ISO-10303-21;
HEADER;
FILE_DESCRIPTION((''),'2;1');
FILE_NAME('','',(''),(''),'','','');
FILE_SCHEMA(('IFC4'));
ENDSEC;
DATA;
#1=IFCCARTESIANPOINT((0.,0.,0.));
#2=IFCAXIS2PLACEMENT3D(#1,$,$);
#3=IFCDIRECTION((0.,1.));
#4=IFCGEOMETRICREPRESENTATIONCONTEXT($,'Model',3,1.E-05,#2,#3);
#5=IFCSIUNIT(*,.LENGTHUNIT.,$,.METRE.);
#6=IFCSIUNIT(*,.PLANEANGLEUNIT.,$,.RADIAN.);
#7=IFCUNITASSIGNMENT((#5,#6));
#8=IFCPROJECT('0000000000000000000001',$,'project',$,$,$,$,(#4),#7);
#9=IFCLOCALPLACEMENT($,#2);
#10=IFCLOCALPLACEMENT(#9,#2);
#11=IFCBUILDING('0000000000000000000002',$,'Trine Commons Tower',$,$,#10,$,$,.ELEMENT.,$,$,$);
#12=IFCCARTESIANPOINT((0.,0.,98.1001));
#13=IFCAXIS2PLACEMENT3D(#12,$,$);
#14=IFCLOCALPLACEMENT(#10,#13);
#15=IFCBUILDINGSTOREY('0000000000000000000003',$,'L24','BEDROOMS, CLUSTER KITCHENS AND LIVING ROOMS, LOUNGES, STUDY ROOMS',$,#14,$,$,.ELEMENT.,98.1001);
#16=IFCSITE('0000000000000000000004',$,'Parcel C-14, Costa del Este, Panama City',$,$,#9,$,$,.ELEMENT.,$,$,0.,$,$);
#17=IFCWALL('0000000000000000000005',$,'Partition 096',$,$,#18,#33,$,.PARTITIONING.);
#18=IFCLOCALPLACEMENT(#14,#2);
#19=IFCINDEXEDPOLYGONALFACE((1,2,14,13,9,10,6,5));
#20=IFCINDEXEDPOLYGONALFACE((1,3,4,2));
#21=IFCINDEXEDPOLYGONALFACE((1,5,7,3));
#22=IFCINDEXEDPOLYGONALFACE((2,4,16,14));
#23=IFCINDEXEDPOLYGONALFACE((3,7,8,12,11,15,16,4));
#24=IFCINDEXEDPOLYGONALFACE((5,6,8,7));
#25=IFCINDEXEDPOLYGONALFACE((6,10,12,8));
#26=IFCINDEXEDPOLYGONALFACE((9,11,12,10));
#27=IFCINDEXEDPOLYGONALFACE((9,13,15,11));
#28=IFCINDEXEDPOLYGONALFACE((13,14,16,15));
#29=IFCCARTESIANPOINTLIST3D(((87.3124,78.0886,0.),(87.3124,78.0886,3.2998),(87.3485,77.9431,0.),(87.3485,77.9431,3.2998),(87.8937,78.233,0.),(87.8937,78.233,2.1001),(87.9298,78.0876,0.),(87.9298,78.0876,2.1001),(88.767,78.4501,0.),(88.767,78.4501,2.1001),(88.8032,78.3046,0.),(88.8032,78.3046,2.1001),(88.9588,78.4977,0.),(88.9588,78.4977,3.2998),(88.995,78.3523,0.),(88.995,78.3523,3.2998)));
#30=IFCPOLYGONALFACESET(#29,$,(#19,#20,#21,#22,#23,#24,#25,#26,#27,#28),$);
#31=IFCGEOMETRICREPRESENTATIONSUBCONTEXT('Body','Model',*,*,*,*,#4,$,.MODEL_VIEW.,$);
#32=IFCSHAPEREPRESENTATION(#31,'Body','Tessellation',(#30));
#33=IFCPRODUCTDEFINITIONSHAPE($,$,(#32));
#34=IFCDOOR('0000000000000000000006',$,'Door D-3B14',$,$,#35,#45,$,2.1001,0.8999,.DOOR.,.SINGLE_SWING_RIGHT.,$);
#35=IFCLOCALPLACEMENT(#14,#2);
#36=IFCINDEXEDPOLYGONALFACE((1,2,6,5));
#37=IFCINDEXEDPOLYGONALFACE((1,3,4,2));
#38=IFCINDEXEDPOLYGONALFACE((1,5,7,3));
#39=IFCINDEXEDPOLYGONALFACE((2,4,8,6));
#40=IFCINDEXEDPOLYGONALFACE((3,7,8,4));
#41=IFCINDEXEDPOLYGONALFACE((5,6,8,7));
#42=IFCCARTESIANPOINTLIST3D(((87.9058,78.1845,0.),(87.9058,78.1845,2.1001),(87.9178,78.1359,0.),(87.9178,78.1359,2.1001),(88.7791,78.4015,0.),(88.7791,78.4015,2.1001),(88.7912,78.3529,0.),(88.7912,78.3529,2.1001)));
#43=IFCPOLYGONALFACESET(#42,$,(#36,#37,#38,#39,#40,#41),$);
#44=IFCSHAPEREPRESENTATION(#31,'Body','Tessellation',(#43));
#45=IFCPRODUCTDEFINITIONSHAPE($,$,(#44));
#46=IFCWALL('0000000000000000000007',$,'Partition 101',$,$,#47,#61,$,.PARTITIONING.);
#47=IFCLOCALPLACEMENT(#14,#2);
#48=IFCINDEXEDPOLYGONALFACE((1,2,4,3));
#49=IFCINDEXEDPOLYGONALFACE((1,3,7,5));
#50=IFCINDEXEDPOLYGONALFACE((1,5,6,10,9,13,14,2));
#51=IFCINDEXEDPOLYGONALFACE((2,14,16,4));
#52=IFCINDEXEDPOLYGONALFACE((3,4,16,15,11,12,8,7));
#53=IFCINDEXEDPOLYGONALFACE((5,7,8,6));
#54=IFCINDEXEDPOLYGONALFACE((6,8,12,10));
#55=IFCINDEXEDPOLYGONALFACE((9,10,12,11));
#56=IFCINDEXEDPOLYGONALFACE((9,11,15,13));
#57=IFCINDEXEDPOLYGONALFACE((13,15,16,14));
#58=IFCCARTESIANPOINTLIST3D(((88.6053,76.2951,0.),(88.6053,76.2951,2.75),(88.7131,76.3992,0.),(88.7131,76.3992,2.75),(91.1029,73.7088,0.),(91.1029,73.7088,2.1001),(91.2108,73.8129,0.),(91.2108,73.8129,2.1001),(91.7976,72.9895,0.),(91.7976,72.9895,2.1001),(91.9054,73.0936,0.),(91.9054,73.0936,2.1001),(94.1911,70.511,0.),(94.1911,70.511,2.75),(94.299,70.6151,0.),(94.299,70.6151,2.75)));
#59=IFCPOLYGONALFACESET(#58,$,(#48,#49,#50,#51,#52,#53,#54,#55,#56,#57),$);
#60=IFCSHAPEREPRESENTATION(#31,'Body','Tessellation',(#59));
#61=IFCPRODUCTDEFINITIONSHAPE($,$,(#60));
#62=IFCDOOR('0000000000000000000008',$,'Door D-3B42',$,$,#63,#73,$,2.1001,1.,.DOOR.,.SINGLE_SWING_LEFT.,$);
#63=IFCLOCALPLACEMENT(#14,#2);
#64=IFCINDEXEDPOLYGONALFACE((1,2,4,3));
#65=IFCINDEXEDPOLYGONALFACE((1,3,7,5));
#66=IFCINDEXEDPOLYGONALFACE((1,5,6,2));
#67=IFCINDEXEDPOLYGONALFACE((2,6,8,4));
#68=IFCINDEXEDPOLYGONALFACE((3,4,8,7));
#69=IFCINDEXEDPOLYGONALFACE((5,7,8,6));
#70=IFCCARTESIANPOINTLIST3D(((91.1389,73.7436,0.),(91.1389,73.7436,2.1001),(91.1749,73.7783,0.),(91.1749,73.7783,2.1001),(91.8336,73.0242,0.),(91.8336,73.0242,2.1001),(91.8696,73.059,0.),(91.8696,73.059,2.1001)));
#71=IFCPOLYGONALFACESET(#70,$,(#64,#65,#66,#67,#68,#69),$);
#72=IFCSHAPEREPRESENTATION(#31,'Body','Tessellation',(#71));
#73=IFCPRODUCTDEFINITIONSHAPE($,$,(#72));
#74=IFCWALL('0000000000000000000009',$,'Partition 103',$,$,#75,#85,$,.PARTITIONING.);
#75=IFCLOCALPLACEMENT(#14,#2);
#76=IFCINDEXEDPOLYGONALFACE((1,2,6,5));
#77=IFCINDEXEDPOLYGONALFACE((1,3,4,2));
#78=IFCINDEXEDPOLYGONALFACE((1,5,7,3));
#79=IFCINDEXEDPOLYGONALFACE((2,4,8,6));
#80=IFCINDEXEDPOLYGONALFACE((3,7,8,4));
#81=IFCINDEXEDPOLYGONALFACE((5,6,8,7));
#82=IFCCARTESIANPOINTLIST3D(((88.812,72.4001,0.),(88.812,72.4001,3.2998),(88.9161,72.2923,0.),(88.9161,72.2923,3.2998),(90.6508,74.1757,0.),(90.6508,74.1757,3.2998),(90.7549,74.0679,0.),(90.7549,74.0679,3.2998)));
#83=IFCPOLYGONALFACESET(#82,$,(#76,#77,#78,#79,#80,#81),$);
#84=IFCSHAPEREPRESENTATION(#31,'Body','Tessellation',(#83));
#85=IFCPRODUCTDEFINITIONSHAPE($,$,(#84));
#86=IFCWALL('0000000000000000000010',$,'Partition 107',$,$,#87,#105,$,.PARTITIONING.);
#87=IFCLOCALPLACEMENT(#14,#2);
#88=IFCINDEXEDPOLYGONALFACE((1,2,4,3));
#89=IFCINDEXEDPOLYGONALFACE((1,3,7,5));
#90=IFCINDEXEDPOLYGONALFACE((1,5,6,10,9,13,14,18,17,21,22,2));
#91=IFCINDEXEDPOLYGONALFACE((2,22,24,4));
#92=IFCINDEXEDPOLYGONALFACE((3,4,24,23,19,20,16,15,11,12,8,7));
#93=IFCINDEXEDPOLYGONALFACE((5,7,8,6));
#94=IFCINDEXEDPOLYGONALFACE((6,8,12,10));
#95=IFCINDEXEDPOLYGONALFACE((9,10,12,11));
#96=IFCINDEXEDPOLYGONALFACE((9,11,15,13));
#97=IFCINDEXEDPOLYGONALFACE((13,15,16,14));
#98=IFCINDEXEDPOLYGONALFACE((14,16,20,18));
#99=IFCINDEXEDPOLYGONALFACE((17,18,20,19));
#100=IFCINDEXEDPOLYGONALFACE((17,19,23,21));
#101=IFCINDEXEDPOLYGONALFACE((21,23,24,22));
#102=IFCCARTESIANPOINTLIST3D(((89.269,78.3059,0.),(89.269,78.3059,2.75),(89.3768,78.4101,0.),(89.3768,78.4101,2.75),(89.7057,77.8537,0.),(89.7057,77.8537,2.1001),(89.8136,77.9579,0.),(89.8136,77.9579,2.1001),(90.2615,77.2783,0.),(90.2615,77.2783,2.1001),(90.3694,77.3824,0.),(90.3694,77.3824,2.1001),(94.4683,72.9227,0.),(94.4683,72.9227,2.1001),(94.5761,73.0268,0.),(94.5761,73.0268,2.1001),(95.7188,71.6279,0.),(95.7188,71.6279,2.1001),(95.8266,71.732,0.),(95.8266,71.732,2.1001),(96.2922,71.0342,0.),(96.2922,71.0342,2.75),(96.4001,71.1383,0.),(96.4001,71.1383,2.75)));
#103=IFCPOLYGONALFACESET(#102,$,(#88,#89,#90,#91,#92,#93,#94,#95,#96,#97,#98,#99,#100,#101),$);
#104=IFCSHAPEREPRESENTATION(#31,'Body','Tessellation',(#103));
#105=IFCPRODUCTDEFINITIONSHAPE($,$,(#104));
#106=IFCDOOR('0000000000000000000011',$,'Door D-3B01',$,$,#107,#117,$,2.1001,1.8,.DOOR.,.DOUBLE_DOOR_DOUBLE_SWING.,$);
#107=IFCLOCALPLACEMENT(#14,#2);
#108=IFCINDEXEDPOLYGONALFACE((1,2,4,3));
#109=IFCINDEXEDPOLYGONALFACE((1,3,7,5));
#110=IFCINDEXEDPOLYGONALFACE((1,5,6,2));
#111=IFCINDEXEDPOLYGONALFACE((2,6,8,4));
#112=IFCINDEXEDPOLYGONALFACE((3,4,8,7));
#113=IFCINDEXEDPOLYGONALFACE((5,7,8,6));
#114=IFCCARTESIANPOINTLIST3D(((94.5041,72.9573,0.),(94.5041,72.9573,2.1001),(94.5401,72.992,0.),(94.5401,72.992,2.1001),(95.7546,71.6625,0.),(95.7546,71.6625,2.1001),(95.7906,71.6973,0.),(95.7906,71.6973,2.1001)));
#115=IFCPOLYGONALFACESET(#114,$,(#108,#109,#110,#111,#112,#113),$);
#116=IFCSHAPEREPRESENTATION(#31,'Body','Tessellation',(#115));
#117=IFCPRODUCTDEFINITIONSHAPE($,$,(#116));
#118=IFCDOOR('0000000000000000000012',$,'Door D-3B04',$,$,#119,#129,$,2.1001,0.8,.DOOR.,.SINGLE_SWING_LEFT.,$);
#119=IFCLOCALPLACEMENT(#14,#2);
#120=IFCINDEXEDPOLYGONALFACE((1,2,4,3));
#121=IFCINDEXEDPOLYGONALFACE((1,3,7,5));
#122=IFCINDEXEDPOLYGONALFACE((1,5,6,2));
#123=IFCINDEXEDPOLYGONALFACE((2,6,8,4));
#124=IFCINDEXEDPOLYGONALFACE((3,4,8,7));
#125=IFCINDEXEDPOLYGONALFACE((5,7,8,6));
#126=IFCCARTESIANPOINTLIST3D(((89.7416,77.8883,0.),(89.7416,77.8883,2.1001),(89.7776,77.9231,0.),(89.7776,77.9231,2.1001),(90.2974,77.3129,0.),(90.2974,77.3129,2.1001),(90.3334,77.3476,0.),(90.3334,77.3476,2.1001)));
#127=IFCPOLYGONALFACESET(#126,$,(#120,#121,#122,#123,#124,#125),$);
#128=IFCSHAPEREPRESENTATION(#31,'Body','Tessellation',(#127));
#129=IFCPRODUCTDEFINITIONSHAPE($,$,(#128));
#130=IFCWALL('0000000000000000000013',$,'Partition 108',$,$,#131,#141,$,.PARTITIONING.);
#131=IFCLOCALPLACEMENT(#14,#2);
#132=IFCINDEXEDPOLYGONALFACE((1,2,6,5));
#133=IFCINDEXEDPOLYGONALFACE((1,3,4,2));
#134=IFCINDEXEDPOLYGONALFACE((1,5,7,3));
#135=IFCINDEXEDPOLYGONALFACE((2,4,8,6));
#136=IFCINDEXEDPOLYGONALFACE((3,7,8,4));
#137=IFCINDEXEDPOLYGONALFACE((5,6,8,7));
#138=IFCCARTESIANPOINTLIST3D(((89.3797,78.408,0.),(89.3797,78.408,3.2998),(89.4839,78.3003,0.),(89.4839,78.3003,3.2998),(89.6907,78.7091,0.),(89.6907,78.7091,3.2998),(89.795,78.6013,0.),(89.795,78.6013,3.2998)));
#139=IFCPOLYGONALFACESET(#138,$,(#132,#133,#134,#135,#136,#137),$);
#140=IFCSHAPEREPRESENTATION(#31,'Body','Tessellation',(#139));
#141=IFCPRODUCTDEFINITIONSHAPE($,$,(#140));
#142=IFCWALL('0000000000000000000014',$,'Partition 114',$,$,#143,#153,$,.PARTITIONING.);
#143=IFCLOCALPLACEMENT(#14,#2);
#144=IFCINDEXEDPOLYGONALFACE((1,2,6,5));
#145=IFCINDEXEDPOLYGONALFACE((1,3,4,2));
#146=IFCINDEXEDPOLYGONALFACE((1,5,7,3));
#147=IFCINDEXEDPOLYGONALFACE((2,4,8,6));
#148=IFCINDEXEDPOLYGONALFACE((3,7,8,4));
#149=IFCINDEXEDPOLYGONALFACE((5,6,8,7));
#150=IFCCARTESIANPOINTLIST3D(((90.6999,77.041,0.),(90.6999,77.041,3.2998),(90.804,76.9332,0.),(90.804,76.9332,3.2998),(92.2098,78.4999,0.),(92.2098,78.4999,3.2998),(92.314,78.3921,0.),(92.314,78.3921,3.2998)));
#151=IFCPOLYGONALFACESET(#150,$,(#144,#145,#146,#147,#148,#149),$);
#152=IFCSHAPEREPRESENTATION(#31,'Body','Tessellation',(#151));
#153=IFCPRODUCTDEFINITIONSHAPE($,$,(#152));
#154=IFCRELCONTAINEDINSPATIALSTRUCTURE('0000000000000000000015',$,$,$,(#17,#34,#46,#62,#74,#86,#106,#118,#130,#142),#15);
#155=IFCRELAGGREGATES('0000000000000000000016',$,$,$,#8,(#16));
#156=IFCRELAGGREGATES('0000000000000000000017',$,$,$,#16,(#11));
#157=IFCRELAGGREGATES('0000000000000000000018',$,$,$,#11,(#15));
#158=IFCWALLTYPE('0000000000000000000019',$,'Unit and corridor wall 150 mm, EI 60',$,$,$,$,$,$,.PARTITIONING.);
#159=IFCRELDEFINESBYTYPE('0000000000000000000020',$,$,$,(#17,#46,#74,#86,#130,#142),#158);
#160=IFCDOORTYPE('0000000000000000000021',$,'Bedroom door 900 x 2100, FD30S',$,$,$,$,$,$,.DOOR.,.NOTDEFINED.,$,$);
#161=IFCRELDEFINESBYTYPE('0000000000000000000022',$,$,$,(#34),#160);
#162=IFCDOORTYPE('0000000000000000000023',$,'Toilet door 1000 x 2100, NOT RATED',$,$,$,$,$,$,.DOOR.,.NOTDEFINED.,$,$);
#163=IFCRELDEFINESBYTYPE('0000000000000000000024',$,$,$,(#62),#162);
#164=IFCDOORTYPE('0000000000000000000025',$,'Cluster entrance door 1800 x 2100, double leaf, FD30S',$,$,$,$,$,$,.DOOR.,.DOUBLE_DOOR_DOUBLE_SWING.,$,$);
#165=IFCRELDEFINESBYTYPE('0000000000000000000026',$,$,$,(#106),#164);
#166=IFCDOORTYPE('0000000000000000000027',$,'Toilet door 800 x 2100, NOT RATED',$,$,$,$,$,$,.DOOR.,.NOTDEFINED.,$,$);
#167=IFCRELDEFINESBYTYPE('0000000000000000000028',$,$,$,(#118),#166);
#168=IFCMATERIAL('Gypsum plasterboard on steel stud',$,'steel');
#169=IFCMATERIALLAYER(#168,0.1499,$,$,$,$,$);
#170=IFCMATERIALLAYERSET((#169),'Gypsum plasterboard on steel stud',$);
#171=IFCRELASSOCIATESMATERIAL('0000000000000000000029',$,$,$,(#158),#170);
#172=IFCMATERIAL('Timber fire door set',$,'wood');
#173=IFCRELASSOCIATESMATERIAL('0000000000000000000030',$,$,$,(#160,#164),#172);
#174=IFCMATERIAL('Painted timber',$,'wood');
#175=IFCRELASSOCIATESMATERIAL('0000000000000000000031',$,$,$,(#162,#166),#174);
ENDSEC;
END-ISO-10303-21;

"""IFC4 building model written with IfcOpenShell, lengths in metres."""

from ifc_helpers import new_model, si_unit, direction, frame, frame_2d, origin, place, context, subcontext, project, spatial, rectangle, extrude, material, layer, layer_set, type_object, element, fill, save


model = new_model("IFC4")

# Units and contexts
model_context = context("Model", 3, precision=1e-05, world=origin(), true_north=direction((0.0, 1.0)))
body_context = subcontext(model_context, "Body", "Model", "MODEL_VIEW")
ifc_project = project(units=[si_unit("LENGTHUNIT", "METRE"), si_unit("PLANEANGLEUNIT", "RADIAN")], contexts=[model_context])

# Site, building, storey
site_placement = place(None, origin())
site = spatial("IfcSite", under=ifc_project, at=site_placement, Name="Parcel C-14, Costa del Este, Panama City", CompositionType="ELEMENT", RefElevation=0.0)
building_placement = place(site_placement, origin())
building = spatial("IfcBuilding", under=site, at=building_placement, Name="Trine Commons Tower", CompositionType="ELEMENT")
storey_placement = place(building_placement, frame((0.0, 0.0, 98.1001)))
storey = spatial("IfcBuildingStorey", under=building, at=storey_placement, Name="L24", Description="BEDROOMS, CLUSTER KITCHENS AND LIVING ROOMS, LOUNGES, STUDY ROOMS", CompositionType="ELEMENT", Elevation=98.1001)

# Shared definitions
ifc_material_1 = material(Name="Gypsum plasterboard on steel stud", Category="steel")
ifc_layer_1 = layer(ifc_material_1, 0.1499)
ifc_layer_set_1 = layer_set([ifc_layer_1], Name="Gypsum plasterboard on steel stud")
wall_type_1 = type_object("IfcWallType", Name="Unit and corridor wall 150 mm, EI 60", PredefinedType="PARTITIONING", material=ifc_layer_set_1)
ifc_material_2 = material(Name="Timber fire door set", Category="wood")
door_type_1 = type_object("IfcDoorType", Name="Bedroom door 900 x 2100, FD30S", OperationType="NOTDEFINED", PredefinedType="DOOR", material=ifc_material_2)

# Walls, openings, doors
wall_1_placement = place(storey_placement, frame((87.3306, 78.0159, 0.0), z_axis=(0.0, 0.0, 1.0), x_axis=(0.97048, 0.241181, 0.0)))
wall_1 = element("IfcWall", 1, at=wall_1_placement, inside=storey, type_object=wall_type_1, Name="Partition 096", PredefinedType="PARTITIONING", context=body_context, shape_type="SweptSolid", body=[
    extrude(rectangle(XDim=1.6965, YDim=0.1499, at=frame_2d((0.8481, 0.0))), origin(), (0.0, 0.0, 1.0), 3.2998),
])
opening_1_placement = place(wall_1_placement, frame((0.5989, 0.0, 0.0)))
opening_1 = element("IfcOpeningElement", 2, at=opening_1_placement, cuts=wall_1, PredefinedType="OPENING", context=body_context, shape_type="SweptSolid", body=[
    extrude(rectangle(XDim=0.8999, YDim=2.1001, at=frame_2d((0.45, 1.05))), frame((0.0, 0.085, 0.0), z_axis=(0.0, -1.0, 0.0), x_axis=(1.0, 0.0, 0.0)), (0.0, 0.0, 1.0), 0.1699),
])
door_1_placement = place(opening_1_placement, origin())
door_1 = element("IfcDoor", 3, at=door_1_placement, inside=storey, type_object=door_type_1, Name="Door D-3B14", OperationType="SINGLE_SWING_RIGHT", OverallHeight=2.1001, OverallWidth=0.8999, PredefinedType="DOOR", context=body_context, shape_type="SweptSolid", body=[
    extrude(rectangle(XDim=0.8999, YDim=2.1001, at=frame_2d((0.45, 1.05))), frame((0.0, 0.0249, 0.0), z_axis=(0.0, -1.0, 0.0), x_axis=(1.0, 0.0, 0.0)), (0.0, 0.0, 1.0), 0.05),
])
fill(opening_1, door_1)
wall_2_placement = place(storey_placement, frame((88.6592, 76.3472, 0.0), z_axis=(0.0, 0.0, 1.0), x_axis=(0.694673, -0.719326, 0.0)))
wall_2 = element("IfcWall", 4, at=wall_2_placement, inside=storey, type_object=wall_type_1, Name="Partition 101", PredefinedType="PARTITIONING", context=body_context, shape_type="SweptSolid", body=[
    extrude(rectangle(XDim=8.041, YDim=0.1499, at=frame_2d((4.0205, 0.0))), origin(), (0.0, 0.0, 1.0), 2.75),
])
opening_2_placement = place(wall_2_placement, frame((3.5955, 0.0, 0.0)))
opening_2 = element("IfcOpeningElement", 5, at=opening_2_placement, cuts=wall_2, PredefinedType="OPENING", context=body_context, shape_type="SweptSolid", body=[
    extrude(rectangle(XDim=1.0, YDim=2.1001, at=frame_2d((0.5, 1.05))), frame((0.0, 0.085, 0.0), z_axis=(0.0, -1.0, 0.0), x_axis=(1.0, 0.0, 0.0)), (0.0, 0.0, 1.0), 0.1699),
])
ifc_material_3 = material(Name="Painted timber", Category="wood")
door_type_2 = type_object("IfcDoorType", Name="Toilet door 1000 x 2100, NOT RATED", OperationType="NOTDEFINED", PredefinedType="DOOR", material=ifc_material_3)
door_2_placement = place(opening_2_placement, frame((1.0, 0.0, 0.0), z_axis=(0.0, 0.0, 1.0), x_axis=(-1.0, 0.0, 0.0)))
door_2 = element("IfcDoor", 6, at=door_2_placement, inside=storey, type_object=door_type_2, Name="Door D-3B42", OperationType="SINGLE_SWING_LEFT", OverallHeight=2.1001, OverallWidth=1.0, PredefinedType="DOOR", context=body_context, shape_type="SweptSolid", body=[
    extrude(rectangle(XDim=1.0, YDim=2.1001, at=frame_2d((0.5, 1.05))), frame((0.0, 0.0249, 0.0), z_axis=(0.0, -1.0, 0.0), x_axis=(1.0, 0.0, 0.0)), (0.0, 0.0, 1.0), 0.05),
])
fill(opening_2, door_2)

# Wall
wall_3_placement = place(storey_placement, frame((88.864, 72.3462, 0.0), z_axis=(0.0, 0.0, 1.0), x_axis=(0.719367, 0.69463, 0.0)))
element("IfcWall", 7, at=wall_3_placement, inside=storey, type_object=wall_type_1, Name="Partition 103", PredefinedType="PARTITIONING", context=body_context, shape_type="SweptSolid", body=[
    extrude(rectangle(XDim=2.5562, YDim=0.1499, at=frame_2d((1.2781, 0.0))), origin(), (0.0, 0.0, 1.0), 3.2998),
])

# Wall, openings, doors
wall_4_placement = place(storey_placement, frame((89.323, 78.3579, 0.0), z_axis=(0.0, 0.0, 1.0), x_axis=(0.694708, -0.719292, 0.0)))
wall_4 = element("IfcWall", 8, at=wall_4_placement, inside=storey, type_object=wall_type_1, Name="Partition 107", PredefinedType="PARTITIONING", context=body_context, shape_type="SweptSolid", body=[
    extrude(rectangle(XDim=10.1096, YDim=0.1499, at=frame_2d((5.0547, 0.0))), origin(), (0.0, 0.0, 1.0), 2.75),
])
opening_3_placement = place(wall_4_placement, frame((7.4841, 0.0, 0.0)))
opening_3 = element("IfcOpeningElement", 9, at=opening_3_placement, cuts=wall_4, PredefinedType="OPENING", context=body_context, shape_type="SweptSolid", body=[
    extrude(rectangle(XDim=1.8, YDim=2.1001, at=frame_2d((0.8999, 1.05))), frame((0.0, 0.085, 0.0), z_axis=(0.0, -1.0, 0.0), x_axis=(1.0, 0.0, 0.0)), (0.0, 0.0, 1.0), 0.1699),
])
opening_4_placement = place(wall_4_placement, frame((0.6287, 0.0, 0.0)))
opening_4 = element("IfcOpeningElement", 10, at=opening_4_placement, cuts=wall_4, PredefinedType="OPENING", context=body_context, shape_type="SweptSolid", body=[
    extrude(rectangle(XDim=0.8, YDim=2.1001, at=frame_2d((0.3999, 1.05))), frame((0.0, 0.085, 0.0), z_axis=(0.0, -1.0, 0.0), x_axis=(1.0, 0.0, 0.0)), (0.0, 0.0, 1.0), 0.1699),
])
door_type_3 = type_object("IfcDoorType", Name="Cluster entrance door 1800 x 2100, double leaf, FD30S", OperationType="DOUBLE_DOOR_DOUBLE_SWING", PredefinedType="DOOR", material=ifc_material_2)
door_3_placement = place(opening_3_placement, origin())
door_3 = element("IfcDoor", 11, at=door_3_placement, inside=storey, type_object=door_type_3, Name="Door D-3B01", OperationType="DOUBLE_DOOR_DOUBLE_SWING", OverallHeight=2.1001, OverallWidth=1.8, PredefinedType="DOOR", context=body_context, shape_type="SweptSolid", body=[
    extrude(rectangle(XDim=1.8, YDim=2.1001, at=frame_2d((0.8999, 1.05))), frame((0.0, 0.0249, 0.0), z_axis=(0.0, -1.0, 0.0), x_axis=(1.0, 0.0, 0.0)), (0.0, 0.0, 1.0), 0.05),
])
fill(opening_3, door_3)
door_type_4 = type_object("IfcDoorType", Name="Toilet door 800 x 2100, NOT RATED", OperationType="NOTDEFINED", PredefinedType="DOOR", material=ifc_material_3)
door_4_placement = place(opening_4_placement, origin())
door_4 = element("IfcDoor", 12, at=door_4_placement, inside=storey, type_object=door_type_4, Name="Door D-3B04", OperationType="SINGLE_SWING_LEFT", OverallHeight=2.1001, OverallWidth=0.8, PredefinedType="DOOR", context=body_context, shape_type="SweptSolid", body=[
    extrude(rectangle(XDim=0.8, YDim=2.1001, at=frame_2d((0.3999, 1.05))), frame((0.0, 0.0249, 0.0), z_axis=(0.0, -1.0, 0.0), x_axis=(1.0, 0.0, 0.0)), (0.0, 0.0, 1.0), 0.05),
])
fill(opening_4, door_4)

# Walls
wall_5_placement = place(storey_placement, frame((89.4319, 78.3542, 0.0), z_axis=(0.0, 0.0, 1.0), x_axis=(0.718575, 0.69545, 0.0)))
element("IfcWall", 13, at=wall_5_placement, inside=storey, type_object=wall_type_1, Name="Partition 108", PredefinedType="PARTITIONING", context=body_context, shape_type="SweptSolid", body=[
    extrude(rectangle(XDim=0.4329, YDim=0.1499, at=frame_2d((0.2163, 0.0))), origin(), (0.0, 0.0, 1.0), 3.2998),
])
wall_6_placement = place(storey_placement, frame((90.752, 76.9871, 0.0), z_axis=(0.0, 0.0, 1.0), x_axis=(0.719153, 0.694852, 0.0)))
element("IfcWall", 14, at=wall_6_placement, inside=storey, type_object=wall_type_1, Name="Partition 114", PredefinedType="PARTITIONING", context=body_context, shape_type="SweptSolid", body=[
    extrude(rectangle(XDim=2.0996, YDim=0.1499, at=frame_2d((1.0498, 0.0))), origin(), (0.0, 0.0, 1.0), 3.2998),
])

save(model, "model.ifc")
